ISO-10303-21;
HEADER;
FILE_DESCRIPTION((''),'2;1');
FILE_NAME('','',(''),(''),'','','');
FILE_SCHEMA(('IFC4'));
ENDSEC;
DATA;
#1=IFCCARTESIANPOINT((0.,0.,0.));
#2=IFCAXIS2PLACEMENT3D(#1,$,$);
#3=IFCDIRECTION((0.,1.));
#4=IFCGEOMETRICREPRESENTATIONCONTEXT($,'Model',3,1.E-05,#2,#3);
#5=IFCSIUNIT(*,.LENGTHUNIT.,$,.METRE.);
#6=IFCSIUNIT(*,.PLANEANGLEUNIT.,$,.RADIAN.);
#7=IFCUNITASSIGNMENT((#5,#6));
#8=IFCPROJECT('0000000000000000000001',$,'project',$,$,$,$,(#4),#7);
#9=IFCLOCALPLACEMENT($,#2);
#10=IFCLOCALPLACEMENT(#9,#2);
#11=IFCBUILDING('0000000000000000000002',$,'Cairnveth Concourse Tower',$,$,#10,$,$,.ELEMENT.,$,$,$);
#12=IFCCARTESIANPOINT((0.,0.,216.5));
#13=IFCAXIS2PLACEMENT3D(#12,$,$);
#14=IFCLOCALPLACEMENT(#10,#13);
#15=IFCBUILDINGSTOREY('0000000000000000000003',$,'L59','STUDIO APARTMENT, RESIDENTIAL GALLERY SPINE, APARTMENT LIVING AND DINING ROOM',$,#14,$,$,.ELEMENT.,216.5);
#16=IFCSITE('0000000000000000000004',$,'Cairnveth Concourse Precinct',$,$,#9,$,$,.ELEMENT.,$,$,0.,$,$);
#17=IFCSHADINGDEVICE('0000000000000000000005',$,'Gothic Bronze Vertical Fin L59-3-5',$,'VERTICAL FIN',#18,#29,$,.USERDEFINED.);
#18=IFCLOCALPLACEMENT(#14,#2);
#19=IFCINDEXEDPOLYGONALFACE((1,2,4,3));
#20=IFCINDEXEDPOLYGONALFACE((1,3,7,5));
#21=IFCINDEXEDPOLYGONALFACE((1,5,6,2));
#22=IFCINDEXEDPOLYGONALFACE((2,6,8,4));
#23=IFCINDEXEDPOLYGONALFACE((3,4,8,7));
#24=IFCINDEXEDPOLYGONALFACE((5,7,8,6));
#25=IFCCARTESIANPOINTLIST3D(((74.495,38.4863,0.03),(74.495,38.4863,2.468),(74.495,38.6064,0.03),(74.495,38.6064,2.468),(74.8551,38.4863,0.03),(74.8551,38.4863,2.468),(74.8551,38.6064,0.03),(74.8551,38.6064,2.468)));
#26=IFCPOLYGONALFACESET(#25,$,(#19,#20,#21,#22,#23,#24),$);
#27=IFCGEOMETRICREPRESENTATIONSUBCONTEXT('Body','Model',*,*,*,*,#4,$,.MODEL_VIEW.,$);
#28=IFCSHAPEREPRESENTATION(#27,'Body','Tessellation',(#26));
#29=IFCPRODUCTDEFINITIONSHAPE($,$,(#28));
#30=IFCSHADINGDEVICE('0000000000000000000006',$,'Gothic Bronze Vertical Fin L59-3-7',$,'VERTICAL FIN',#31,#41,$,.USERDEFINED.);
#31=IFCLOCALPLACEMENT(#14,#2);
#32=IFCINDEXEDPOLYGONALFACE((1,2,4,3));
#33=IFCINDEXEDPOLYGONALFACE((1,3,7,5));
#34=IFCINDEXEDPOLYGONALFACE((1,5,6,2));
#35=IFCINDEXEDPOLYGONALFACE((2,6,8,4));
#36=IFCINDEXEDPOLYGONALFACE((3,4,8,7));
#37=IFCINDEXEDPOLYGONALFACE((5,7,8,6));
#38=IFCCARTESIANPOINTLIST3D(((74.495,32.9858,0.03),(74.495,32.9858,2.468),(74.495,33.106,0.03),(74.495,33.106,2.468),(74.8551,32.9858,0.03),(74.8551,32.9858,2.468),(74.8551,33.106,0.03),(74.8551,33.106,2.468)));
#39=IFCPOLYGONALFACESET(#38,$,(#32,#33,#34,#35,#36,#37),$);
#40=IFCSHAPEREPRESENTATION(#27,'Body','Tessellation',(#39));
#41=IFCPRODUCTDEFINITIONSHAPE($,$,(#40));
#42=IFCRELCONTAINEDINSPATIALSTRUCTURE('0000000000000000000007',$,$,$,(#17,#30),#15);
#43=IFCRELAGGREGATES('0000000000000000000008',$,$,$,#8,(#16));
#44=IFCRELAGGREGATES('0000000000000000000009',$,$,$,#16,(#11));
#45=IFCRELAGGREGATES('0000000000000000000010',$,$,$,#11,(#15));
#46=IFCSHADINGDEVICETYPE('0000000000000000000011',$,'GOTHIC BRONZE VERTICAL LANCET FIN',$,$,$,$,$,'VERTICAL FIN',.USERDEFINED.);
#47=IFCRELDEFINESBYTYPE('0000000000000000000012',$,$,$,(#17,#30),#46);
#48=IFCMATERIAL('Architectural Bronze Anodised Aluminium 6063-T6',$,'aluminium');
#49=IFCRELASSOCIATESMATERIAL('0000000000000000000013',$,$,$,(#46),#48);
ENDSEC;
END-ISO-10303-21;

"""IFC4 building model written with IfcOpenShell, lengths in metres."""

from ifc_helpers import new_model, si_unit, direction, frame, origin, origin_2d, place, context, subcontext, project, spatial, rectangle, extrude, material, type_object, element, save


model = new_model("IFC4")

# Units and contexts
model_context = context("Model", 3, precision=1e-05, world=origin(), true_north=direction((0.0, 1.0)))
body_context = subcontext(model_context, "Body", "Model", "MODEL_VIEW")
ifc_project = project(units=[si_unit("LENGTHUNIT", "METRE"), si_unit("PLANEANGLEUNIT", "RADIAN")], contexts=[model_context])

# Site, building, storey
site_placement = place(None, origin())
site = spatial("IfcSite", under=ifc_project, at=site_placement, Name="Cairnveth Concourse Precinct", CompositionType="ELEMENT", RefElevation=0.0)
building_placement = place(site_placement, origin())
building = spatial("IfcBuilding", under=site, at=building_placement, Name="Cairnveth Concourse Tower", CompositionType="ELEMENT")
storey_placement = place(building_placement, frame((0.0, 0.0, 216.5)))
storey = spatial("IfcBuildingStorey", under=building, at=storey_placement, Name="L59", Description="STUDIO APARTMENT, RESIDENTIAL GALLERY SPINE, APARTMENT LIVING AND DINING ROOM", CompositionType="ELEMENT", Elevation=216.5)

# Shading devices
ifc_material_1 = material(Name="Architectural Bronze Anodised Aluminium 6063-T6", Category="aluminium")
shading_device_type = type_object("IfcShadingDeviceType", Name="GOTHIC BRONZE VERTICAL LANCET FIN", ElementType="VERTICAL FIN", PredefinedType="USERDEFINED", material=ifc_material_1)
for number, where, z_axis, x_axis, name in (
    (1, (74.675, 38.5464, 0.03), (0.0, 0.0, 1.0), (0.0, 1.0, 0.0), "Gothic Bronze Vertical Fin L59-3-5"),
    (2, (74.675, 33.0459, 0.03), (0.0, 0.0, 1.0), (0.0, 1.0, 0.0), "Gothic Bronze Vertical Fin L59-3-7"),
):
    element("IfcShadingDevice", number, at=place(storey_placement, frame(where, z_axis=z_axis, x_axis=x_axis)), inside=storey, type_object=shading_device_type, Name=name, ObjectType="VERTICAL FIN", PredefinedType="USERDEFINED", context=body_context, shape_type="SweptSolid", body=[
        extrude(rectangle(XDim=0.1201, YDim=0.3601, at=origin_2d()), origin(), (0.0, 0.0, 1.0), 2.438),
    ])

save(model, "model.ifc")
